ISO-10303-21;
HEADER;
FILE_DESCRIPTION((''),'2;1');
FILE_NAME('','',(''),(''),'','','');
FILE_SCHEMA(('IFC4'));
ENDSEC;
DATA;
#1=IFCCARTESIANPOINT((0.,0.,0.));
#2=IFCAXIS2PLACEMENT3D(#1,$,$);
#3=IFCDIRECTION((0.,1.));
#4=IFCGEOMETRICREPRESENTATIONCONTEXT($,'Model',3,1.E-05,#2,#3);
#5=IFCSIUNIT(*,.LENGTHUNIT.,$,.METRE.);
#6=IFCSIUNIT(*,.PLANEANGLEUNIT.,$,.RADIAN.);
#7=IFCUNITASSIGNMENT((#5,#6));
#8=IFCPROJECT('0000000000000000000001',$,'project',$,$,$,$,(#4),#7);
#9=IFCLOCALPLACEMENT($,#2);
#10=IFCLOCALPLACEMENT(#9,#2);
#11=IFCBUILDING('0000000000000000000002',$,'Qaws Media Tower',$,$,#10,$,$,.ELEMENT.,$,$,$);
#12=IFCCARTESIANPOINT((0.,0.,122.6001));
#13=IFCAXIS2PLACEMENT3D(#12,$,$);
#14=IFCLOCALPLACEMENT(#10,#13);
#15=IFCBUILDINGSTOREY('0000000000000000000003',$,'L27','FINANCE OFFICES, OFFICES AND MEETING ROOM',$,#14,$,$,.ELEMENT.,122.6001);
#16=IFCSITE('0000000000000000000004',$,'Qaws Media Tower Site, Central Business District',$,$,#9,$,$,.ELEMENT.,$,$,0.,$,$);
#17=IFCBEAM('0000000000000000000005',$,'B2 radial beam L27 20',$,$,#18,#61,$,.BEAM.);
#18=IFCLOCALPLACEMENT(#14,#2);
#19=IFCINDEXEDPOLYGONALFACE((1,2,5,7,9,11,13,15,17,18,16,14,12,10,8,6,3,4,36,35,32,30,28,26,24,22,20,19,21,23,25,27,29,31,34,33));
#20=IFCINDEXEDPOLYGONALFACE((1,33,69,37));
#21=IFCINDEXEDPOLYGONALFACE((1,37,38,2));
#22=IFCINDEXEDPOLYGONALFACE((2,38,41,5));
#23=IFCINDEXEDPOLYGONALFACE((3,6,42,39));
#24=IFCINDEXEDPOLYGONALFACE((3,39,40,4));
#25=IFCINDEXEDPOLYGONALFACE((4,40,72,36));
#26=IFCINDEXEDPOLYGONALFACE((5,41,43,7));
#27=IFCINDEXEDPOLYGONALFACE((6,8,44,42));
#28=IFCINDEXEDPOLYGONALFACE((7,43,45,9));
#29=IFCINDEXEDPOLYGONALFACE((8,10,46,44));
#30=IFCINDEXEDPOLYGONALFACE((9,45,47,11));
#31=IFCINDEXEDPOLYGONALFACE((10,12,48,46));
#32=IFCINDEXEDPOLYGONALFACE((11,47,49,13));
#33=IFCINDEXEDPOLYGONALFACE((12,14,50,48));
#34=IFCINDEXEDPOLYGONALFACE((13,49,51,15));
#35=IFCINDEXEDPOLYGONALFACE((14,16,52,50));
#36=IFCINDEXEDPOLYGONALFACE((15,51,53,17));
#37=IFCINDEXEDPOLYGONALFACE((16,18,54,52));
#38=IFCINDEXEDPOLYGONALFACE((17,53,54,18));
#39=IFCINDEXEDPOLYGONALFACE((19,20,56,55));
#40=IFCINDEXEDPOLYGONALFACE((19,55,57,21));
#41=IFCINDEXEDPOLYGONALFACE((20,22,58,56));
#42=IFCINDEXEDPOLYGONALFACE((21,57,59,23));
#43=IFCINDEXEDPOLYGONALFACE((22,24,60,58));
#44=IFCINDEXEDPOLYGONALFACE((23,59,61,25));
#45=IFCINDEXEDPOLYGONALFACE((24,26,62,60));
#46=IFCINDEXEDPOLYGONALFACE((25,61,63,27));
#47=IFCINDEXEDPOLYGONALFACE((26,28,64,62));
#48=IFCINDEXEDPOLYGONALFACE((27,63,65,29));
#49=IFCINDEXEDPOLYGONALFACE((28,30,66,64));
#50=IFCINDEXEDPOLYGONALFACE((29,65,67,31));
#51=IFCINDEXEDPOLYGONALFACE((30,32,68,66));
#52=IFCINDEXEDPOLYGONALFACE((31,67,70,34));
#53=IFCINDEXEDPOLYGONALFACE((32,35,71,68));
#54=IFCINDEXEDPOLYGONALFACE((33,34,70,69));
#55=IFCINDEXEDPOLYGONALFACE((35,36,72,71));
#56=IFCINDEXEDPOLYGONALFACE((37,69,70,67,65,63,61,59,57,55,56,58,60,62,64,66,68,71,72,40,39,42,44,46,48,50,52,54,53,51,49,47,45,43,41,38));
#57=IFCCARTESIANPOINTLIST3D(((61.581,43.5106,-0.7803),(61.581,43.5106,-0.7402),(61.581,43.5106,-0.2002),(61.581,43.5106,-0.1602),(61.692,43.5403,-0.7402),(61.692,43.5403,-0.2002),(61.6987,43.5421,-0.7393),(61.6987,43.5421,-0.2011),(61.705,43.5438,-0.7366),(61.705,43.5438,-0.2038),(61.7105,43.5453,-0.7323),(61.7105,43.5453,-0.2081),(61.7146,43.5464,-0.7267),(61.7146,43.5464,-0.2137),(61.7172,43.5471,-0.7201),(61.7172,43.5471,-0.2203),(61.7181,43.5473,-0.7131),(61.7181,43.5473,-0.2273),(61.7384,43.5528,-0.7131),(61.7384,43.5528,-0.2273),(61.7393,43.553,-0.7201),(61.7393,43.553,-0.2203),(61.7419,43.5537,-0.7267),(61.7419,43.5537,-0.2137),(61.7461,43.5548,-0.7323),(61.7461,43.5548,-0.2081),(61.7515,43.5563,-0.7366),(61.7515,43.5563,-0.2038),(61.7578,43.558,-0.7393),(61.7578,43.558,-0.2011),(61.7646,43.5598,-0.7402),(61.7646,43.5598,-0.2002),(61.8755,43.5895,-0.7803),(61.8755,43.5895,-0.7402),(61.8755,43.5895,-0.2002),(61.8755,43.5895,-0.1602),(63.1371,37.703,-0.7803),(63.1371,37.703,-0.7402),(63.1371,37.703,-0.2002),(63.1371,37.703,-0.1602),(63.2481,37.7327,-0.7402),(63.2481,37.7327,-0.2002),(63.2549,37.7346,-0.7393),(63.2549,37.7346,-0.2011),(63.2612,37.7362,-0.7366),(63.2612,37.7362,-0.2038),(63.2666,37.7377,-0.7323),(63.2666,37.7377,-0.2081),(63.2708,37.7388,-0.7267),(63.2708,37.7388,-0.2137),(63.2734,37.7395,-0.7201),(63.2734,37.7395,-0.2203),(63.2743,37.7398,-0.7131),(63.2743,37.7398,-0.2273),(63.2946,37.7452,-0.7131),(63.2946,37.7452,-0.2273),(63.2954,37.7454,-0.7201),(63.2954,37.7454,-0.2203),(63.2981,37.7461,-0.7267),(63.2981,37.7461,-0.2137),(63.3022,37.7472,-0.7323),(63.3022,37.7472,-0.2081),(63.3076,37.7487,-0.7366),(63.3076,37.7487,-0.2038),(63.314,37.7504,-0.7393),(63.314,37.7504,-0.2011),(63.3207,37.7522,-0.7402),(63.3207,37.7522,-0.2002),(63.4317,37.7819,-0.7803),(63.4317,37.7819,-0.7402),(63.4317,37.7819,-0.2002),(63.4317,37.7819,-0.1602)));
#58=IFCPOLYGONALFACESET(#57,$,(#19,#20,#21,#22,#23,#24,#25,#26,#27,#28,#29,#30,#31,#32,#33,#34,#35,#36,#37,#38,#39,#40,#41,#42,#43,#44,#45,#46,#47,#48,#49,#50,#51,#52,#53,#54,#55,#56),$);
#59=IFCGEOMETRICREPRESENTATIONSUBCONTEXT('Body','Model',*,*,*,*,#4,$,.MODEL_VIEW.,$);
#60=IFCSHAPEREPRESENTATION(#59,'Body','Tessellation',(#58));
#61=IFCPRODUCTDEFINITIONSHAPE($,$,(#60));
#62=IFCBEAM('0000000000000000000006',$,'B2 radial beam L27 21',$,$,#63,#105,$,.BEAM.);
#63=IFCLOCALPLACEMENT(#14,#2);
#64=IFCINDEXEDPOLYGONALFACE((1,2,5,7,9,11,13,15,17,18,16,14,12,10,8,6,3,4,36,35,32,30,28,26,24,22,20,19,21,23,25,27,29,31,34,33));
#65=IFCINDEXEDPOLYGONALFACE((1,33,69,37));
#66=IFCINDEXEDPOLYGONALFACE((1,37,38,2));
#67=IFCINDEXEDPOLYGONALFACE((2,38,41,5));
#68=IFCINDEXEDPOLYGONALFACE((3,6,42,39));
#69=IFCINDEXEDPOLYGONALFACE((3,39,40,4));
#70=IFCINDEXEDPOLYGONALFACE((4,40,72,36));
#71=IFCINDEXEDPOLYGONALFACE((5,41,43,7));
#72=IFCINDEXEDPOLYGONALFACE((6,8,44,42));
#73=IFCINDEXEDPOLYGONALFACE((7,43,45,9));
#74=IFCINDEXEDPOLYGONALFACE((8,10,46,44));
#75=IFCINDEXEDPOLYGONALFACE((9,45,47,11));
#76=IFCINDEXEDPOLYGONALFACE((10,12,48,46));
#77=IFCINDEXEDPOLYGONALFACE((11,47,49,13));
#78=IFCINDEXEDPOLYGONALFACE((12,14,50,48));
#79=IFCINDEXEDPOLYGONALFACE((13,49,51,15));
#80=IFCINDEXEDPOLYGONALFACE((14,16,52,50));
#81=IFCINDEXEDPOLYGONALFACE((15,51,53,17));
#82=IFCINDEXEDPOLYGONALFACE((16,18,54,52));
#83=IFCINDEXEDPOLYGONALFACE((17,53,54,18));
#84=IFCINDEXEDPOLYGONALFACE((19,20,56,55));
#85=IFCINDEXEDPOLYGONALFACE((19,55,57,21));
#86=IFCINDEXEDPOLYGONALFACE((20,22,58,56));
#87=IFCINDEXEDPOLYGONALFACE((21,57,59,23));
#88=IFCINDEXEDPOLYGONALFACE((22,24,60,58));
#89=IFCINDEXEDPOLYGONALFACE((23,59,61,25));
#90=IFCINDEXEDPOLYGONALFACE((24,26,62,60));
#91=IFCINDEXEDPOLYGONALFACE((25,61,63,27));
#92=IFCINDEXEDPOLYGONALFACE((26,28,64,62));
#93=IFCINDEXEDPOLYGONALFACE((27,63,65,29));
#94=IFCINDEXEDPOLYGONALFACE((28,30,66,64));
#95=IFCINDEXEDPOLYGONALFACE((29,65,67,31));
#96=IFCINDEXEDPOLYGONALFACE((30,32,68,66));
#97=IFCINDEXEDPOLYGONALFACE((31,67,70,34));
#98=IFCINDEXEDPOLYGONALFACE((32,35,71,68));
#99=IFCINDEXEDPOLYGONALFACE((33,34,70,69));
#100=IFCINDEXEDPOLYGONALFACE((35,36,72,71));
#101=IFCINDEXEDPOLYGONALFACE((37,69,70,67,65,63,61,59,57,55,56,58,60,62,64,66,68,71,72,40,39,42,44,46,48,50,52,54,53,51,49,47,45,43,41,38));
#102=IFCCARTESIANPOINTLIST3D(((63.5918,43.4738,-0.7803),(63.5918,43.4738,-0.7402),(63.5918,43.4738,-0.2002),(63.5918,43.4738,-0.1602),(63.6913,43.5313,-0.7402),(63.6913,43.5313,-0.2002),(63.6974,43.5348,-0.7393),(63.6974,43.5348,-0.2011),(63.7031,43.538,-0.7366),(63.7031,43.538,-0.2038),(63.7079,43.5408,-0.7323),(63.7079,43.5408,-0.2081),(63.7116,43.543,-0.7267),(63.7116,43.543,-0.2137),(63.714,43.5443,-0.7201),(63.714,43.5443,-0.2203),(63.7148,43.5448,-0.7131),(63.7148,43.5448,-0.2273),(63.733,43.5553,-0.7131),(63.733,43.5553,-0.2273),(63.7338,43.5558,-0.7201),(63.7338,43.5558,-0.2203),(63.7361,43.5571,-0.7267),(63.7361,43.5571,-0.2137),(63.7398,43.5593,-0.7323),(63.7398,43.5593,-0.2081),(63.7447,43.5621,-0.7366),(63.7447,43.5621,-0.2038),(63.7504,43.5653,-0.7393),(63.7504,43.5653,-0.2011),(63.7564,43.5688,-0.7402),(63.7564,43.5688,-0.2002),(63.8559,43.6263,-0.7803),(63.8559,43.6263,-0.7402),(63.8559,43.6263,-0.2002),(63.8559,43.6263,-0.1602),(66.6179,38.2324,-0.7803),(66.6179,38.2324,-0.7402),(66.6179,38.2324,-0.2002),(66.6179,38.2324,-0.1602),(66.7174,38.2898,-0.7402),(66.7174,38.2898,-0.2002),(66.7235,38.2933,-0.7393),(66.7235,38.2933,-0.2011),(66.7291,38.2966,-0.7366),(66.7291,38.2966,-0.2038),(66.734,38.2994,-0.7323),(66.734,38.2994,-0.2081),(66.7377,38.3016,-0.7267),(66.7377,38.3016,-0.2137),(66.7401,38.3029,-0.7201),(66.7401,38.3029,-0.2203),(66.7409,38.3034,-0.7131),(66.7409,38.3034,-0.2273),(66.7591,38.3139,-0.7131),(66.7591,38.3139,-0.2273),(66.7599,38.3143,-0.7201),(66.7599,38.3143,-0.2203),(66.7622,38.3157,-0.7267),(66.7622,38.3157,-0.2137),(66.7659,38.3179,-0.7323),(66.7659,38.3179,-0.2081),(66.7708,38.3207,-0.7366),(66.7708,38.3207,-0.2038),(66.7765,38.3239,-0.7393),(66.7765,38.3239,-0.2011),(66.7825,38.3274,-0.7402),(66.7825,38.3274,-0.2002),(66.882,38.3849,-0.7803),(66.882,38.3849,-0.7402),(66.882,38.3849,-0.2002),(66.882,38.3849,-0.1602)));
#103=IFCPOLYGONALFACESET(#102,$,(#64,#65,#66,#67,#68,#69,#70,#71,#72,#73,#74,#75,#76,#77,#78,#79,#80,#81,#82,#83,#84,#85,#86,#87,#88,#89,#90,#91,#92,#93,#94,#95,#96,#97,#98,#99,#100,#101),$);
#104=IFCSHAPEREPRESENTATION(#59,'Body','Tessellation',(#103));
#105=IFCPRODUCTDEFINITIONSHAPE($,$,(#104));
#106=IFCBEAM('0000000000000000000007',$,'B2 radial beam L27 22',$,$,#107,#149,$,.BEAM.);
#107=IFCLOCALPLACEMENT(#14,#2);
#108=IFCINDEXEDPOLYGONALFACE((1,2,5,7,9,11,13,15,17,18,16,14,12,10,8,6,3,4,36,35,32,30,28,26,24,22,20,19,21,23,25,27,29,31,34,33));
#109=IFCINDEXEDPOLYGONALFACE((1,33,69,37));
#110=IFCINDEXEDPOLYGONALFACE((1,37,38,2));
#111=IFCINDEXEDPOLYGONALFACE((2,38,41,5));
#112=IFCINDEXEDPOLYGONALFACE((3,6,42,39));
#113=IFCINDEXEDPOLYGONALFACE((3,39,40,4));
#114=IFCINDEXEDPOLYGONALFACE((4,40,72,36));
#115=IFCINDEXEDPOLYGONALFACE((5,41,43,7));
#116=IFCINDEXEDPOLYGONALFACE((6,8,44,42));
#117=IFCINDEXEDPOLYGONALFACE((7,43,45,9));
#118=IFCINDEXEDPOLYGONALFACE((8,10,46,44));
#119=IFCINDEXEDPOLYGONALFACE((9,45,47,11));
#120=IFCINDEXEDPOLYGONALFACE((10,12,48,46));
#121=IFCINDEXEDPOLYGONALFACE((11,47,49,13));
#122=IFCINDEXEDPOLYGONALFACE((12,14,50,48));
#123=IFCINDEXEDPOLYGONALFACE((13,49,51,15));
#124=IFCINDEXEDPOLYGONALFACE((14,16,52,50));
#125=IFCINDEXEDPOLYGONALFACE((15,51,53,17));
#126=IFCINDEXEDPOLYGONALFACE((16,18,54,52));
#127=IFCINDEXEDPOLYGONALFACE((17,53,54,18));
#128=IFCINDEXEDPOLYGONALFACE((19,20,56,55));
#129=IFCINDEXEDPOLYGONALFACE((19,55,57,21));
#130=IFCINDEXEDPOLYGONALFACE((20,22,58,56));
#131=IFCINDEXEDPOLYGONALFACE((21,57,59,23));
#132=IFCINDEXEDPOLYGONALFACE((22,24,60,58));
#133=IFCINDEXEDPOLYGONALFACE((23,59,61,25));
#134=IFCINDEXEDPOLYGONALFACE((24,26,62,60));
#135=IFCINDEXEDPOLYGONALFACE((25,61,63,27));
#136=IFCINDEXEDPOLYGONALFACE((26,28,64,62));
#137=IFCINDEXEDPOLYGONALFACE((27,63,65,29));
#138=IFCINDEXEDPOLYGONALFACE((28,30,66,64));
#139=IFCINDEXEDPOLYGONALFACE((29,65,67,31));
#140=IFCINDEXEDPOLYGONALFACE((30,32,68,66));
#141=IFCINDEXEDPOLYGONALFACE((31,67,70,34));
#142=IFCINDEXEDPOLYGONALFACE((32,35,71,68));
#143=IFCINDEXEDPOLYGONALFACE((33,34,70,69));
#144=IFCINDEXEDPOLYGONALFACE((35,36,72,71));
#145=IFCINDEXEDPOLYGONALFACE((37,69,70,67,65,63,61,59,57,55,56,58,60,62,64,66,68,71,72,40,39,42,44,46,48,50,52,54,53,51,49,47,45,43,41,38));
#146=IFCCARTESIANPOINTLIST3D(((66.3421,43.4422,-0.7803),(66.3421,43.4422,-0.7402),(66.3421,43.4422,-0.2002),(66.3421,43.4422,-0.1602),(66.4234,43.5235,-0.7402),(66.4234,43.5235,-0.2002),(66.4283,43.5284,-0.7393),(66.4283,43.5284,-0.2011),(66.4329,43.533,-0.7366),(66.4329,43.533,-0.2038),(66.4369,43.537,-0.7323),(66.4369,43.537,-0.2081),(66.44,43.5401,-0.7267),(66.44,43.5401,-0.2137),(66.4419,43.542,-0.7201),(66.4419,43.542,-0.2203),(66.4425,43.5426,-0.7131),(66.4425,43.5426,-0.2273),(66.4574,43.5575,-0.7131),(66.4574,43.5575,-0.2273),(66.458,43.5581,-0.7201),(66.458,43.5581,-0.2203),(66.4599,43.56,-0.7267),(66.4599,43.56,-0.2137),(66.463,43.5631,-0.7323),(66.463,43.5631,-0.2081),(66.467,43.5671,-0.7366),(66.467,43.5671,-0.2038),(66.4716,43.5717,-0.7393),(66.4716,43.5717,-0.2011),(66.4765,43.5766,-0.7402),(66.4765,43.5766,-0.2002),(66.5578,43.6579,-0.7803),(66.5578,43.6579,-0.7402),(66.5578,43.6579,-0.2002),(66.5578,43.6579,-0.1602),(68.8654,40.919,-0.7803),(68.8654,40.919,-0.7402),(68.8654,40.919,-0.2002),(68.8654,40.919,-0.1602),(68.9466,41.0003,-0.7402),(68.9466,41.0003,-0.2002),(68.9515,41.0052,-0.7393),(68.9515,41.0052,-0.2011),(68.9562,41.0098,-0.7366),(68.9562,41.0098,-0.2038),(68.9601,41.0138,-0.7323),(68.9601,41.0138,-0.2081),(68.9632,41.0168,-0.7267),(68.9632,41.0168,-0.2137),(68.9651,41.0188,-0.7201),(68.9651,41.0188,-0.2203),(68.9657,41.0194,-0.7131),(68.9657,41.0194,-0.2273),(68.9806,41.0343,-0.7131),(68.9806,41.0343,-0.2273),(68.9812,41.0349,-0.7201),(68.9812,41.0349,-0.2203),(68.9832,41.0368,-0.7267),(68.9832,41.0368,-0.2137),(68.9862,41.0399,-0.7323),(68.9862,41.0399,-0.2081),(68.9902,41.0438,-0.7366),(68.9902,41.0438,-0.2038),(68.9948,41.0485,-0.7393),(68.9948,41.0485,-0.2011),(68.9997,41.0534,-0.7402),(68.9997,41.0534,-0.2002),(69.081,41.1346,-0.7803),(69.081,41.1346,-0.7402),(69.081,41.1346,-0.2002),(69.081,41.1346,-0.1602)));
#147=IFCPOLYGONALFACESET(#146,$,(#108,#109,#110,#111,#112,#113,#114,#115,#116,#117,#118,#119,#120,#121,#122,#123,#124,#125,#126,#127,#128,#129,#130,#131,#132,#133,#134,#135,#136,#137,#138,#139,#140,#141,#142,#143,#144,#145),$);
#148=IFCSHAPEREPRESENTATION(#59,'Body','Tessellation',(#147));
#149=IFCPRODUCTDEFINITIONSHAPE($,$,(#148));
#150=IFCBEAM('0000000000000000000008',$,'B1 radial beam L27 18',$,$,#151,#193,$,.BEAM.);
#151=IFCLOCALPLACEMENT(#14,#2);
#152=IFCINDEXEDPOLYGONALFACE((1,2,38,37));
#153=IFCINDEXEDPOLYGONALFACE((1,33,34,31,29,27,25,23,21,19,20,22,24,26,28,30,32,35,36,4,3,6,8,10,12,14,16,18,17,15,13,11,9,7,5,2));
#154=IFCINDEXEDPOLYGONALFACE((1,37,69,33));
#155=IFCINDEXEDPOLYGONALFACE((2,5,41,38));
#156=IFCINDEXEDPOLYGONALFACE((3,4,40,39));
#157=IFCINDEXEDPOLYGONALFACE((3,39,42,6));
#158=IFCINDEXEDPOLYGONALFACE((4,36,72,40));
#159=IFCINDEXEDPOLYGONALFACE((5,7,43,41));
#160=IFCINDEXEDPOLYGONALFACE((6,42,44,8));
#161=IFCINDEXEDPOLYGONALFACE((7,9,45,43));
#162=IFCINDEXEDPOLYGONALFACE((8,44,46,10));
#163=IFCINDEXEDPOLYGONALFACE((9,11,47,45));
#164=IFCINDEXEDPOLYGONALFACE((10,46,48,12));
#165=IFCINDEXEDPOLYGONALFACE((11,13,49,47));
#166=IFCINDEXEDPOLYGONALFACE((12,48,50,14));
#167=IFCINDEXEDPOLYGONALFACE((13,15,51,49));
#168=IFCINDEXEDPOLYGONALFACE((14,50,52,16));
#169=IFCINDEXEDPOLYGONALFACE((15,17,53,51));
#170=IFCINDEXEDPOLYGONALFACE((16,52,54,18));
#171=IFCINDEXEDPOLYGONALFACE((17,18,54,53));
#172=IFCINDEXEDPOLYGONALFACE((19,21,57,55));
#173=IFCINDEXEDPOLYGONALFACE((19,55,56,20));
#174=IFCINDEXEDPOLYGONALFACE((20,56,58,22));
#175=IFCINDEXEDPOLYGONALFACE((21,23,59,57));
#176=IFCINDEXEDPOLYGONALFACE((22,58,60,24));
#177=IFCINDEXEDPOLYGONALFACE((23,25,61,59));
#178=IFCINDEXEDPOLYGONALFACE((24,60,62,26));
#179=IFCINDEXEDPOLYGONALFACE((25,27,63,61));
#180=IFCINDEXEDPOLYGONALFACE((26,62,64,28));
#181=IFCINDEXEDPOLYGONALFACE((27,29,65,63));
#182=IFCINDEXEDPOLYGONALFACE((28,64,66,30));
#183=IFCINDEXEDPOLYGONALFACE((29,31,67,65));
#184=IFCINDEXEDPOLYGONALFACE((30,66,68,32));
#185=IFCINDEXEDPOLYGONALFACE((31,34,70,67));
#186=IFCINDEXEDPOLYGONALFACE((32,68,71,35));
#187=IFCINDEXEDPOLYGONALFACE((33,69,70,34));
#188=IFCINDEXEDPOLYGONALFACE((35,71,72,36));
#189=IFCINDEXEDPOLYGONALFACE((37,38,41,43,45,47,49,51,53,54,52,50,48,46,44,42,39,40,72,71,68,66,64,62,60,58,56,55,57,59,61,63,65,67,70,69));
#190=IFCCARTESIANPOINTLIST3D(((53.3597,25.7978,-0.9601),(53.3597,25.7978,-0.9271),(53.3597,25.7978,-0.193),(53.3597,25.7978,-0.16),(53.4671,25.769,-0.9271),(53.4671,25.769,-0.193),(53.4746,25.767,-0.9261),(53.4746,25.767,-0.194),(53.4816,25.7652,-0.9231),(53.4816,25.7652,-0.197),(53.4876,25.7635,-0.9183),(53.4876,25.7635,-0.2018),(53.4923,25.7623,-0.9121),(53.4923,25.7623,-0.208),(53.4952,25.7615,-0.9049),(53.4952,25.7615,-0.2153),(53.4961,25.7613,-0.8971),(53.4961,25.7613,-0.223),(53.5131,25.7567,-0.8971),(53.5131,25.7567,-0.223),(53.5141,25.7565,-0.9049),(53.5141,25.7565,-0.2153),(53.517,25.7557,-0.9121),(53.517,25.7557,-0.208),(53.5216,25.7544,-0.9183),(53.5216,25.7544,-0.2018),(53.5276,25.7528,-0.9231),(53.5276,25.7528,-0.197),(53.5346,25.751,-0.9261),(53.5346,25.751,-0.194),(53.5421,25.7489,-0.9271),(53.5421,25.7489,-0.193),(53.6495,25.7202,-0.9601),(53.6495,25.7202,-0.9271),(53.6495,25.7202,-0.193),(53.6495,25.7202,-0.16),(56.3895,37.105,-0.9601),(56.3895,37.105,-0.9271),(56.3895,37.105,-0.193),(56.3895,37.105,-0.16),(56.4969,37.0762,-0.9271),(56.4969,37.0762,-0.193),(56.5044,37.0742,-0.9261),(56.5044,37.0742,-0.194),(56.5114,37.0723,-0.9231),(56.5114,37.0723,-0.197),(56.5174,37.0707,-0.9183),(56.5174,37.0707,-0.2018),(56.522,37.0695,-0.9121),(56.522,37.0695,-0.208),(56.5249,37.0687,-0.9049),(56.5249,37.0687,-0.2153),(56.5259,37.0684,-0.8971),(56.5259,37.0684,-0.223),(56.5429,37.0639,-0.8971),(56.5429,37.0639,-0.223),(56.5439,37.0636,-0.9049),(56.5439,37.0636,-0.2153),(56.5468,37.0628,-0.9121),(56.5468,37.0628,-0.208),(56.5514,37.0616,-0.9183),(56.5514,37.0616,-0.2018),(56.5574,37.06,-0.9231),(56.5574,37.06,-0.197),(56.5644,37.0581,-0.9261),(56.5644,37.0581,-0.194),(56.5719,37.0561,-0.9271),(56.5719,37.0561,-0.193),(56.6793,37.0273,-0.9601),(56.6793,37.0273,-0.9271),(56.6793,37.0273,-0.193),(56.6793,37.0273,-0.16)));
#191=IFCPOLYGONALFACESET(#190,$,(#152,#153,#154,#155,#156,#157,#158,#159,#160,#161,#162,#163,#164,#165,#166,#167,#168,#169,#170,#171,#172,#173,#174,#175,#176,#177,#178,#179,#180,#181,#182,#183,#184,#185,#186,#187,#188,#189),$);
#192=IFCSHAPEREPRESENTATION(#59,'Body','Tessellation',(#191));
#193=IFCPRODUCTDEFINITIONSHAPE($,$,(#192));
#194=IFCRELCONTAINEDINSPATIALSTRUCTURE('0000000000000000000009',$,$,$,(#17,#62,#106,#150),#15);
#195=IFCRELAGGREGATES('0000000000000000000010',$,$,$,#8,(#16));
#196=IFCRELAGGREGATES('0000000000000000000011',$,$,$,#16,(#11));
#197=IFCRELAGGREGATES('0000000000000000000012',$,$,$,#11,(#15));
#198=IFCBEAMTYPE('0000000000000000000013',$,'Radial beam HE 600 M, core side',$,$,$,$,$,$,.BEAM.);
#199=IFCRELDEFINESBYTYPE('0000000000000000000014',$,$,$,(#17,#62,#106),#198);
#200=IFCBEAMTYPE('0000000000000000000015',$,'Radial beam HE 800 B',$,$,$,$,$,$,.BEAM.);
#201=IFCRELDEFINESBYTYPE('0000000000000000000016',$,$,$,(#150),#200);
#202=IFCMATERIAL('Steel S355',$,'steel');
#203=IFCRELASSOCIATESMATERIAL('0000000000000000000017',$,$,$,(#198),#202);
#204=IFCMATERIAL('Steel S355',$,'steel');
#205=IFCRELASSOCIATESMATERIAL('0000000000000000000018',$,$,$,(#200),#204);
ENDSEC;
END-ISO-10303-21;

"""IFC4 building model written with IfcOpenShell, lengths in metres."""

from ifc_helpers import new_model, si_unit, direction, frame, origin, origin_2d, place, context, subcontext, project, spatial, i_section, extrude, material, material_profile, profile_set, type_object, element, save


model = new_model("IFC4")

# Units and contexts
model_context = context("Model", 3, precision=1e-05, world=origin(), true_north=direction((0.0, 1.0)))
body_context = subcontext(model_context, "Body", "Model", "MODEL_VIEW")
ifc_project = project(units=[si_unit("LENGTHUNIT", "METRE"), si_unit("PLANEANGLEUNIT", "RADIAN")], contexts=[model_context])

# Site, building, storey
site_placement = place(None, origin())
site = spatial("IfcSite", under=ifc_project, at=site_placement, Name="Qaws Media Tower Site, Central Business District", CompositionType="ELEMENT", RefElevation=0.0)
building_placement = place(site_placement, origin())
building = spatial("IfcBuilding", under=site, at=building_placement, Name="Qaws Media Tower", CompositionType="ELEMENT")
storey_placement = place(building_placement, frame((0.0, 0.0, 122.6001)))
storey = spatial("IfcBuildingStorey", under=building, at=storey_placement, Name="L27", Description="FINANCE OFFICES, OFFICES AND MEETING ROOM", CompositionType="ELEMENT", Elevation=122.6001)

# Beams
ifc_material_1 = material(Name="Steel S355", Category="steel")
ifc_material_profile_1 = material_profile(ifc_material_1, i_section(OverallWidth=0.3049, OverallDepth=0.6201, WebThickness=0.021, FlangeThickness=0.04, FilletRadius=0.0271, at=origin_2d()), Name="HE 600 M")
ifc_profile_set_1 = profile_set([ifc_material_profile_1], Name="Steel S355")
beam_type_1 = type_object("IfcBeamType", Name="Radial beam HE 600 M, core side", PredefinedType="BEAM", material=ifc_profile_set_1)
beam_1_placement = place(storey_placement, frame((61.7283, 43.55, -0.4702), z_axis=(0.25882, -0.965926, 0.0), x_axis=(0.965926, 0.25882, 0.0)))
element("IfcBeam", 1, at=beam_1_placement, inside=storey, type_object=beam_type_1, Name="B2 radial beam L27 20", PredefinedType="BEAM", context=body_context, shape_type="SweptSolid", body=[
    extrude(i_section(OverallWidth=0.3049, OverallDepth=0.6201, WebThickness=0.021, FlangeThickness=0.04, FilletRadius=0.0271, at=origin_2d()), origin(), (0.0, 0.0, 1.0), 6.0125),
])
beam_2_placement = place(storey_placement, frame((63.7239, 43.55, -0.4702), z_axis=(0.499996, -0.866028, 0.0), x_axis=(0.866028, 0.499996, 0.0)))
element("IfcBeam", 2, at=beam_2_placement, inside=storey, type_object=beam_type_1, Name="B2 radial beam L27 21", PredefinedType="BEAM", context=body_context, shape_type="SweptSolid", body=[
    extrude(i_section(OverallWidth=0.3049, OverallDepth=0.6201, WebThickness=0.021, FlangeThickness=0.04, FilletRadius=0.0271, at=origin_2d()), origin(), (0.0, 0.0, 1.0), 6.0522),
])
beam_3_placement = place(storey_placement, frame((66.45, 43.55, -0.4702), z_axis=(0.707107, -0.707107, 0.0), x_axis=(0.707107, 0.707107, 0.0)))
element("IfcBeam", 3, at=beam_3_placement, inside=storey, type_object=beam_type_1, Name="B2 radial beam L27 22", PredefinedType="BEAM", context=body_context, shape_type="SweptSolid", body=[
    extrude(i_section(OverallWidth=0.3049, OverallDepth=0.6201, WebThickness=0.021, FlangeThickness=0.04, FilletRadius=0.0271, at=origin_2d()), origin(), (0.0, 0.0, 1.0), 3.5684),
])
ifc_material_2 = material(Name="Steel S355", Category="steel")
ifc_material_profile_2 = material_profile(ifc_material_2, i_section(OverallWidth=0.3, OverallDepth=0.8, WebThickness=0.0176, FlangeThickness=0.033, FilletRadius=0.03, at=origin_2d()), Name="HE 800 B")
ifc_profile_set_2 = profile_set([ifc_material_profile_2], Name="Steel S355")
beam_type_2 = type_object("IfcBeamType", Name="Radial beam HE 800 B", PredefinedType="BEAM", material=ifc_profile_set_2)
beam_4_placement = place(storey_placement, frame((56.5344, 37.0662, -0.5601), z_axis=(-0.258823, -0.965925, 0.0), x_axis=(0.965925, -0.258823, 0.0)))
element("IfcBeam", 4, at=beam_4_placement, inside=storey, type_object=beam_type_2, Name="B1 radial beam L27 18", PredefinedType="BEAM", context=body_context, shape_type="SweptSolid", body=[
    extrude(i_section(OverallWidth=0.3, OverallDepth=0.8, WebThickness=0.0176, FlangeThickness=0.033, FilletRadius=0.03, at=origin_2d()), origin(), (0.0, 0.0, 1.0), 11.7061),
])

save(model, "model.ifc")
